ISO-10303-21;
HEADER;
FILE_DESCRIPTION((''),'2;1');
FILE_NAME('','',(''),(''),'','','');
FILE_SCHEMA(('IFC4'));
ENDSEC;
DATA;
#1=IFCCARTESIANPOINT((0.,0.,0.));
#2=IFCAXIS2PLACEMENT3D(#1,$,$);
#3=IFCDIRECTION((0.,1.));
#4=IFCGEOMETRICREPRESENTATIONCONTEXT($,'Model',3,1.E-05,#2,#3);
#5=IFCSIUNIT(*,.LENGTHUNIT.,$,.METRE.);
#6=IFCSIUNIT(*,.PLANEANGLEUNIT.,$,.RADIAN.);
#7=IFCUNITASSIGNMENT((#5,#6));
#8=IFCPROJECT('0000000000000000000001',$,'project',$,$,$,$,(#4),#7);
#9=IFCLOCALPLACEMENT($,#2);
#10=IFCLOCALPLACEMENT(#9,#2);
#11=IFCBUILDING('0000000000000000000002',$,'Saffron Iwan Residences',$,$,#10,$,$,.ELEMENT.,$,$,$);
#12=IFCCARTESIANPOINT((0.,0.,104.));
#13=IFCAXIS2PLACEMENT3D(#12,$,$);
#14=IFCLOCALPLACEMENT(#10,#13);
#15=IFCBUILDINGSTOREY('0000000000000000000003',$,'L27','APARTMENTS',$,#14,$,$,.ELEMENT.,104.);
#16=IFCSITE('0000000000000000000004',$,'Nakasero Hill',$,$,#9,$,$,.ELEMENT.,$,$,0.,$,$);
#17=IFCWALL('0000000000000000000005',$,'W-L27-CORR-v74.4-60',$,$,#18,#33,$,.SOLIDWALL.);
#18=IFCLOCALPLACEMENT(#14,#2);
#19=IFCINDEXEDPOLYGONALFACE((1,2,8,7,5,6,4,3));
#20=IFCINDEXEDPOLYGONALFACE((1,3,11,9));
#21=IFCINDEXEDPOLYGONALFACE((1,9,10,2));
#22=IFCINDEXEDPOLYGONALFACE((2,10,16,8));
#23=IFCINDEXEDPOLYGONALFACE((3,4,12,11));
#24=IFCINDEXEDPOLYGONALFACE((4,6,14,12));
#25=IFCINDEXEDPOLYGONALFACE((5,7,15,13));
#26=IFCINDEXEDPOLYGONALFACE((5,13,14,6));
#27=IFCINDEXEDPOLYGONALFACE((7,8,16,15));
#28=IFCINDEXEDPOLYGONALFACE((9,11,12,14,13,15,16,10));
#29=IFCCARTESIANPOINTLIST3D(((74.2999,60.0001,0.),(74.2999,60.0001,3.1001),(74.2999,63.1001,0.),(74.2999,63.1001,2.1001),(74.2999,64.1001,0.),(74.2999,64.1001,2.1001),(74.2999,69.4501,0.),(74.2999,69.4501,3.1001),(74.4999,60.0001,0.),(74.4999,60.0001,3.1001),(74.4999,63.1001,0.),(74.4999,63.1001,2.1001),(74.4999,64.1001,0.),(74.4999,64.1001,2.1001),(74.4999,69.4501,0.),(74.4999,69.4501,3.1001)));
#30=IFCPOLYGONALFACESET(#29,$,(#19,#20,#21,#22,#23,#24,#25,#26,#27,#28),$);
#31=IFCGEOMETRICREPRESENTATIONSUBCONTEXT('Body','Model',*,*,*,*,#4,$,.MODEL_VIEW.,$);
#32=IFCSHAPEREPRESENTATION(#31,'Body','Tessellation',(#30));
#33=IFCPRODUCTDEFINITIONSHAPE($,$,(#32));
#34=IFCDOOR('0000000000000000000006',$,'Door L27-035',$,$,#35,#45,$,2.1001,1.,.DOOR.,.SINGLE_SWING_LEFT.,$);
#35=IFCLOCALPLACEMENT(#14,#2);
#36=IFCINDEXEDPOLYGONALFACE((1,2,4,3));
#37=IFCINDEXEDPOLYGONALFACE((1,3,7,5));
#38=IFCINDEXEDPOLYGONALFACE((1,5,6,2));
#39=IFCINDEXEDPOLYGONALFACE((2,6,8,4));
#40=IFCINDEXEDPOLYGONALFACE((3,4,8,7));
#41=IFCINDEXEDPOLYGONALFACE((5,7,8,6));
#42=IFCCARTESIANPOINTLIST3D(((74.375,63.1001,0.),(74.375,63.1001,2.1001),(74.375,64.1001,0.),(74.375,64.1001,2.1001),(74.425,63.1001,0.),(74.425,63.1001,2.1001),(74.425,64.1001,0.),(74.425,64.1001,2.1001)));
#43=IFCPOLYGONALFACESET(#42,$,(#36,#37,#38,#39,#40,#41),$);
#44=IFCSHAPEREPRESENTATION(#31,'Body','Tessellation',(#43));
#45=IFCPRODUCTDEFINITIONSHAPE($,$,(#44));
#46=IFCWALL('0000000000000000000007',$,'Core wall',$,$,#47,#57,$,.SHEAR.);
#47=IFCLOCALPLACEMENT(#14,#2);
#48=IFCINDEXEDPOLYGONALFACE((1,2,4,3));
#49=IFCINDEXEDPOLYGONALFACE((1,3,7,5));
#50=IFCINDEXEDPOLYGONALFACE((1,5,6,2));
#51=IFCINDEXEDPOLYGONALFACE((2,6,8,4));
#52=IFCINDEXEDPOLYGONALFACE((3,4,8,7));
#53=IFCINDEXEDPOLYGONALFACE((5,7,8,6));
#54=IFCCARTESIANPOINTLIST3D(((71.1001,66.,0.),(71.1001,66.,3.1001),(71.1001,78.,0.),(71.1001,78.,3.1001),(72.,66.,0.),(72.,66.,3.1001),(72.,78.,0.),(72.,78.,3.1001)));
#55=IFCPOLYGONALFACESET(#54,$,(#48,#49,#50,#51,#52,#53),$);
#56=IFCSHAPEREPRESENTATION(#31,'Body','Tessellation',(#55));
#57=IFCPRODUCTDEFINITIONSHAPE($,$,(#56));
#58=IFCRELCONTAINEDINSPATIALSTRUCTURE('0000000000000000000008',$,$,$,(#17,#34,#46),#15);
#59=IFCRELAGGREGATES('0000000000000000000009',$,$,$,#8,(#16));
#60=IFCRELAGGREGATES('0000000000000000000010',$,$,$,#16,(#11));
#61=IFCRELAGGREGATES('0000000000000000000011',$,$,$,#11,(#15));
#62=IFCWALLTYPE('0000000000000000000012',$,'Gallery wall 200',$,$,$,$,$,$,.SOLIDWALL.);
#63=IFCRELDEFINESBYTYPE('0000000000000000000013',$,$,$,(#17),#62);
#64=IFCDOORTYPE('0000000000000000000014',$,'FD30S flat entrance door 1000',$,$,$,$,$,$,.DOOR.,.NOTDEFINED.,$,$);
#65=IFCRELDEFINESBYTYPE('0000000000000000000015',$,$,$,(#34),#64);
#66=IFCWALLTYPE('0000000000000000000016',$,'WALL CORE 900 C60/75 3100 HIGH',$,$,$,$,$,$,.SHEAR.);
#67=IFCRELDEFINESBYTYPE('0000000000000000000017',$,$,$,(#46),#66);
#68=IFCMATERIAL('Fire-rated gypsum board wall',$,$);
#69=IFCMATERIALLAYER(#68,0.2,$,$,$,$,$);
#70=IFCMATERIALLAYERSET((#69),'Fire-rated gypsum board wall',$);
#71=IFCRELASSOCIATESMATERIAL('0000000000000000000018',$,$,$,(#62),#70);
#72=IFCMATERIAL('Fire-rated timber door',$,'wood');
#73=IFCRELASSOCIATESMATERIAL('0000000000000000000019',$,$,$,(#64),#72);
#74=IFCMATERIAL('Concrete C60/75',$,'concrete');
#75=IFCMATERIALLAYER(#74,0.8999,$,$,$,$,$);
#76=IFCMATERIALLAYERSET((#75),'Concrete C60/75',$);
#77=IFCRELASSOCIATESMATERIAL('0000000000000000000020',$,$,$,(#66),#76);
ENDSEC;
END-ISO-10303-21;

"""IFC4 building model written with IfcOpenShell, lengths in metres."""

from ifc_helpers import new_model, si_unit, direction, frame, frame_2d, origin, place, context, subcontext, project, spatial, rectangle, extrude, material, layer, layer_set, type_object, element, fill, save


model = new_model("IFC4")

# Units and contexts
model_context = context("Model", 3, precision=1e-05, world=origin(), true_north=direction((0.0, 1.0)))
body_context = subcontext(model_context, "Body", "Model", "MODEL_VIEW")
ifc_project = project(units=[si_unit("LENGTHUNIT", "METRE"), si_unit("PLANEANGLEUNIT", "RADIAN")], contexts=[model_context])

# Site, building, storey
site_placement = place(None, origin())
site = spatial("IfcSite", under=ifc_project, at=site_placement, Name="Nakasero Hill", CompositionType="ELEMENT", RefElevation=0.0)
building_placement = place(site_placement, origin())
building = spatial("IfcBuilding", under=site, at=building_placement, Name="Saffron Iwan Residences", CompositionType="ELEMENT")
storey_placement = place(building_placement, frame((0.0, 0.0, 104.0)))
storey = spatial("IfcBuildingStorey", under=building, at=storey_placement, Name="L27", Description="APARTMENTS", CompositionType="ELEMENT", Elevation=104.0)

# Shared definitions
ifc_material_1 = material(Name="Concrete C60/75", Category="concrete")

# Shared definitions
ifc_material_2 = material(Name="Fire-rated gypsum board wall")

# Shared definitions
ifc_layer_1 = layer(ifc_material_2, 0.2)
ifc_layer_set_1 = layer_set([ifc_layer_1], Name="Fire-rated gypsum board wall")
wall_type_1 = type_object("IfcWallType", Name="Gallery wall 200", PredefinedType="SOLIDWALL", material=ifc_layer_set_1)

# Wall, opening, door
wall_1_placement = place(storey_placement, frame((74.3999, 60.0, 0.0), z_axis=(0.0, 0.0, 1.0), x_axis=(0.0, 1.0, 0.0)))
wall_1 = element("IfcWall", 1, at=wall_1_placement, inside=storey, type_object=wall_type_1, Name="W-L27-CORR-v74.4-60", PredefinedType="SOLIDWALL", context=body_context, shape_type="SweptSolid", body=[
    extrude(rectangle(XDim=9.45, YDim=0.2, at=frame_2d((4.7251, 0.0))), origin(), (0.0, 0.0, 1.0), 3.1001),
])
opening_1_placement = place(wall_1_placement, frame((3.1001, 0.0, 0.0)))
opening_1 = element("IfcOpeningElement", 2, at=opening_1_placement, cuts=wall_1, PredefinedType="OPENING", context=body_context, shape_type="SweptSolid", body=[
    extrude(rectangle(XDim=1.0, YDim=2.1001, at=frame_2d((0.5, 1.05))), frame((0.0, 0.1099, 0.0), z_axis=(0.0, -1.0, 0.0), x_axis=(1.0, 0.0, 0.0)), (0.0, 0.0, 1.0), 0.22),
])
ifc_material_3 = material(Name="Fire-rated timber door", Category="wood")
door_type_1 = type_object("IfcDoorType", Name="FD30S flat entrance door 1000", OperationType="NOTDEFINED", PredefinedType="DOOR", material=ifc_material_3)
door_1_placement = place(opening_1_placement, origin())
door_1 = element("IfcDoor", 3, at=door_1_placement, inside=storey, type_object=door_type_1, Name="Door L27-035", OperationType="SINGLE_SWING_LEFT", OverallHeight=2.1001, OverallWidth=1.0, PredefinedType="DOOR", context=body_context, shape_type="SweptSolid", body=[
    extrude(rectangle(XDim=1.0, YDim=2.1001, at=frame_2d((0.5, 1.05))), frame((0.0, 0.0249, 0.0), z_axis=(0.0, -1.0, 0.0), x_axis=(1.0, 0.0, 0.0)), (0.0, 0.0, 1.0), 0.05),
])
fill(opening_1, door_1)

# Wall
ifc_layer_2 = layer(ifc_material_1, 0.8999)
ifc_layer_set_2 = layer_set([ifc_layer_2], Name="Concrete C60/75")
wall_type_2 = type_object("IfcWallType", Name="WALL CORE 900 C60/75 3100 HIGH", PredefinedType="SHEAR", material=ifc_layer_set_2)
wall_2_placement = place(storey_placement, frame((71.55, 66.0, 0.0), z_axis=(0.0, 0.0, 1.0), x_axis=(0.0, 1.0, 0.0)))
element("IfcWall", 4, at=wall_2_placement, inside=storey, type_object=wall_type_2, Name="Core wall", PredefinedType="SHEAR", context=body_context, shape_type="SweptSolid", body=[
    extrude(rectangle(XDim=12.0, YDim=0.8999, at=frame_2d((6.0, 0.0))), origin(), (0.0, 0.0, 1.0), 3.1001),
])

save(model, "model.ifc")
